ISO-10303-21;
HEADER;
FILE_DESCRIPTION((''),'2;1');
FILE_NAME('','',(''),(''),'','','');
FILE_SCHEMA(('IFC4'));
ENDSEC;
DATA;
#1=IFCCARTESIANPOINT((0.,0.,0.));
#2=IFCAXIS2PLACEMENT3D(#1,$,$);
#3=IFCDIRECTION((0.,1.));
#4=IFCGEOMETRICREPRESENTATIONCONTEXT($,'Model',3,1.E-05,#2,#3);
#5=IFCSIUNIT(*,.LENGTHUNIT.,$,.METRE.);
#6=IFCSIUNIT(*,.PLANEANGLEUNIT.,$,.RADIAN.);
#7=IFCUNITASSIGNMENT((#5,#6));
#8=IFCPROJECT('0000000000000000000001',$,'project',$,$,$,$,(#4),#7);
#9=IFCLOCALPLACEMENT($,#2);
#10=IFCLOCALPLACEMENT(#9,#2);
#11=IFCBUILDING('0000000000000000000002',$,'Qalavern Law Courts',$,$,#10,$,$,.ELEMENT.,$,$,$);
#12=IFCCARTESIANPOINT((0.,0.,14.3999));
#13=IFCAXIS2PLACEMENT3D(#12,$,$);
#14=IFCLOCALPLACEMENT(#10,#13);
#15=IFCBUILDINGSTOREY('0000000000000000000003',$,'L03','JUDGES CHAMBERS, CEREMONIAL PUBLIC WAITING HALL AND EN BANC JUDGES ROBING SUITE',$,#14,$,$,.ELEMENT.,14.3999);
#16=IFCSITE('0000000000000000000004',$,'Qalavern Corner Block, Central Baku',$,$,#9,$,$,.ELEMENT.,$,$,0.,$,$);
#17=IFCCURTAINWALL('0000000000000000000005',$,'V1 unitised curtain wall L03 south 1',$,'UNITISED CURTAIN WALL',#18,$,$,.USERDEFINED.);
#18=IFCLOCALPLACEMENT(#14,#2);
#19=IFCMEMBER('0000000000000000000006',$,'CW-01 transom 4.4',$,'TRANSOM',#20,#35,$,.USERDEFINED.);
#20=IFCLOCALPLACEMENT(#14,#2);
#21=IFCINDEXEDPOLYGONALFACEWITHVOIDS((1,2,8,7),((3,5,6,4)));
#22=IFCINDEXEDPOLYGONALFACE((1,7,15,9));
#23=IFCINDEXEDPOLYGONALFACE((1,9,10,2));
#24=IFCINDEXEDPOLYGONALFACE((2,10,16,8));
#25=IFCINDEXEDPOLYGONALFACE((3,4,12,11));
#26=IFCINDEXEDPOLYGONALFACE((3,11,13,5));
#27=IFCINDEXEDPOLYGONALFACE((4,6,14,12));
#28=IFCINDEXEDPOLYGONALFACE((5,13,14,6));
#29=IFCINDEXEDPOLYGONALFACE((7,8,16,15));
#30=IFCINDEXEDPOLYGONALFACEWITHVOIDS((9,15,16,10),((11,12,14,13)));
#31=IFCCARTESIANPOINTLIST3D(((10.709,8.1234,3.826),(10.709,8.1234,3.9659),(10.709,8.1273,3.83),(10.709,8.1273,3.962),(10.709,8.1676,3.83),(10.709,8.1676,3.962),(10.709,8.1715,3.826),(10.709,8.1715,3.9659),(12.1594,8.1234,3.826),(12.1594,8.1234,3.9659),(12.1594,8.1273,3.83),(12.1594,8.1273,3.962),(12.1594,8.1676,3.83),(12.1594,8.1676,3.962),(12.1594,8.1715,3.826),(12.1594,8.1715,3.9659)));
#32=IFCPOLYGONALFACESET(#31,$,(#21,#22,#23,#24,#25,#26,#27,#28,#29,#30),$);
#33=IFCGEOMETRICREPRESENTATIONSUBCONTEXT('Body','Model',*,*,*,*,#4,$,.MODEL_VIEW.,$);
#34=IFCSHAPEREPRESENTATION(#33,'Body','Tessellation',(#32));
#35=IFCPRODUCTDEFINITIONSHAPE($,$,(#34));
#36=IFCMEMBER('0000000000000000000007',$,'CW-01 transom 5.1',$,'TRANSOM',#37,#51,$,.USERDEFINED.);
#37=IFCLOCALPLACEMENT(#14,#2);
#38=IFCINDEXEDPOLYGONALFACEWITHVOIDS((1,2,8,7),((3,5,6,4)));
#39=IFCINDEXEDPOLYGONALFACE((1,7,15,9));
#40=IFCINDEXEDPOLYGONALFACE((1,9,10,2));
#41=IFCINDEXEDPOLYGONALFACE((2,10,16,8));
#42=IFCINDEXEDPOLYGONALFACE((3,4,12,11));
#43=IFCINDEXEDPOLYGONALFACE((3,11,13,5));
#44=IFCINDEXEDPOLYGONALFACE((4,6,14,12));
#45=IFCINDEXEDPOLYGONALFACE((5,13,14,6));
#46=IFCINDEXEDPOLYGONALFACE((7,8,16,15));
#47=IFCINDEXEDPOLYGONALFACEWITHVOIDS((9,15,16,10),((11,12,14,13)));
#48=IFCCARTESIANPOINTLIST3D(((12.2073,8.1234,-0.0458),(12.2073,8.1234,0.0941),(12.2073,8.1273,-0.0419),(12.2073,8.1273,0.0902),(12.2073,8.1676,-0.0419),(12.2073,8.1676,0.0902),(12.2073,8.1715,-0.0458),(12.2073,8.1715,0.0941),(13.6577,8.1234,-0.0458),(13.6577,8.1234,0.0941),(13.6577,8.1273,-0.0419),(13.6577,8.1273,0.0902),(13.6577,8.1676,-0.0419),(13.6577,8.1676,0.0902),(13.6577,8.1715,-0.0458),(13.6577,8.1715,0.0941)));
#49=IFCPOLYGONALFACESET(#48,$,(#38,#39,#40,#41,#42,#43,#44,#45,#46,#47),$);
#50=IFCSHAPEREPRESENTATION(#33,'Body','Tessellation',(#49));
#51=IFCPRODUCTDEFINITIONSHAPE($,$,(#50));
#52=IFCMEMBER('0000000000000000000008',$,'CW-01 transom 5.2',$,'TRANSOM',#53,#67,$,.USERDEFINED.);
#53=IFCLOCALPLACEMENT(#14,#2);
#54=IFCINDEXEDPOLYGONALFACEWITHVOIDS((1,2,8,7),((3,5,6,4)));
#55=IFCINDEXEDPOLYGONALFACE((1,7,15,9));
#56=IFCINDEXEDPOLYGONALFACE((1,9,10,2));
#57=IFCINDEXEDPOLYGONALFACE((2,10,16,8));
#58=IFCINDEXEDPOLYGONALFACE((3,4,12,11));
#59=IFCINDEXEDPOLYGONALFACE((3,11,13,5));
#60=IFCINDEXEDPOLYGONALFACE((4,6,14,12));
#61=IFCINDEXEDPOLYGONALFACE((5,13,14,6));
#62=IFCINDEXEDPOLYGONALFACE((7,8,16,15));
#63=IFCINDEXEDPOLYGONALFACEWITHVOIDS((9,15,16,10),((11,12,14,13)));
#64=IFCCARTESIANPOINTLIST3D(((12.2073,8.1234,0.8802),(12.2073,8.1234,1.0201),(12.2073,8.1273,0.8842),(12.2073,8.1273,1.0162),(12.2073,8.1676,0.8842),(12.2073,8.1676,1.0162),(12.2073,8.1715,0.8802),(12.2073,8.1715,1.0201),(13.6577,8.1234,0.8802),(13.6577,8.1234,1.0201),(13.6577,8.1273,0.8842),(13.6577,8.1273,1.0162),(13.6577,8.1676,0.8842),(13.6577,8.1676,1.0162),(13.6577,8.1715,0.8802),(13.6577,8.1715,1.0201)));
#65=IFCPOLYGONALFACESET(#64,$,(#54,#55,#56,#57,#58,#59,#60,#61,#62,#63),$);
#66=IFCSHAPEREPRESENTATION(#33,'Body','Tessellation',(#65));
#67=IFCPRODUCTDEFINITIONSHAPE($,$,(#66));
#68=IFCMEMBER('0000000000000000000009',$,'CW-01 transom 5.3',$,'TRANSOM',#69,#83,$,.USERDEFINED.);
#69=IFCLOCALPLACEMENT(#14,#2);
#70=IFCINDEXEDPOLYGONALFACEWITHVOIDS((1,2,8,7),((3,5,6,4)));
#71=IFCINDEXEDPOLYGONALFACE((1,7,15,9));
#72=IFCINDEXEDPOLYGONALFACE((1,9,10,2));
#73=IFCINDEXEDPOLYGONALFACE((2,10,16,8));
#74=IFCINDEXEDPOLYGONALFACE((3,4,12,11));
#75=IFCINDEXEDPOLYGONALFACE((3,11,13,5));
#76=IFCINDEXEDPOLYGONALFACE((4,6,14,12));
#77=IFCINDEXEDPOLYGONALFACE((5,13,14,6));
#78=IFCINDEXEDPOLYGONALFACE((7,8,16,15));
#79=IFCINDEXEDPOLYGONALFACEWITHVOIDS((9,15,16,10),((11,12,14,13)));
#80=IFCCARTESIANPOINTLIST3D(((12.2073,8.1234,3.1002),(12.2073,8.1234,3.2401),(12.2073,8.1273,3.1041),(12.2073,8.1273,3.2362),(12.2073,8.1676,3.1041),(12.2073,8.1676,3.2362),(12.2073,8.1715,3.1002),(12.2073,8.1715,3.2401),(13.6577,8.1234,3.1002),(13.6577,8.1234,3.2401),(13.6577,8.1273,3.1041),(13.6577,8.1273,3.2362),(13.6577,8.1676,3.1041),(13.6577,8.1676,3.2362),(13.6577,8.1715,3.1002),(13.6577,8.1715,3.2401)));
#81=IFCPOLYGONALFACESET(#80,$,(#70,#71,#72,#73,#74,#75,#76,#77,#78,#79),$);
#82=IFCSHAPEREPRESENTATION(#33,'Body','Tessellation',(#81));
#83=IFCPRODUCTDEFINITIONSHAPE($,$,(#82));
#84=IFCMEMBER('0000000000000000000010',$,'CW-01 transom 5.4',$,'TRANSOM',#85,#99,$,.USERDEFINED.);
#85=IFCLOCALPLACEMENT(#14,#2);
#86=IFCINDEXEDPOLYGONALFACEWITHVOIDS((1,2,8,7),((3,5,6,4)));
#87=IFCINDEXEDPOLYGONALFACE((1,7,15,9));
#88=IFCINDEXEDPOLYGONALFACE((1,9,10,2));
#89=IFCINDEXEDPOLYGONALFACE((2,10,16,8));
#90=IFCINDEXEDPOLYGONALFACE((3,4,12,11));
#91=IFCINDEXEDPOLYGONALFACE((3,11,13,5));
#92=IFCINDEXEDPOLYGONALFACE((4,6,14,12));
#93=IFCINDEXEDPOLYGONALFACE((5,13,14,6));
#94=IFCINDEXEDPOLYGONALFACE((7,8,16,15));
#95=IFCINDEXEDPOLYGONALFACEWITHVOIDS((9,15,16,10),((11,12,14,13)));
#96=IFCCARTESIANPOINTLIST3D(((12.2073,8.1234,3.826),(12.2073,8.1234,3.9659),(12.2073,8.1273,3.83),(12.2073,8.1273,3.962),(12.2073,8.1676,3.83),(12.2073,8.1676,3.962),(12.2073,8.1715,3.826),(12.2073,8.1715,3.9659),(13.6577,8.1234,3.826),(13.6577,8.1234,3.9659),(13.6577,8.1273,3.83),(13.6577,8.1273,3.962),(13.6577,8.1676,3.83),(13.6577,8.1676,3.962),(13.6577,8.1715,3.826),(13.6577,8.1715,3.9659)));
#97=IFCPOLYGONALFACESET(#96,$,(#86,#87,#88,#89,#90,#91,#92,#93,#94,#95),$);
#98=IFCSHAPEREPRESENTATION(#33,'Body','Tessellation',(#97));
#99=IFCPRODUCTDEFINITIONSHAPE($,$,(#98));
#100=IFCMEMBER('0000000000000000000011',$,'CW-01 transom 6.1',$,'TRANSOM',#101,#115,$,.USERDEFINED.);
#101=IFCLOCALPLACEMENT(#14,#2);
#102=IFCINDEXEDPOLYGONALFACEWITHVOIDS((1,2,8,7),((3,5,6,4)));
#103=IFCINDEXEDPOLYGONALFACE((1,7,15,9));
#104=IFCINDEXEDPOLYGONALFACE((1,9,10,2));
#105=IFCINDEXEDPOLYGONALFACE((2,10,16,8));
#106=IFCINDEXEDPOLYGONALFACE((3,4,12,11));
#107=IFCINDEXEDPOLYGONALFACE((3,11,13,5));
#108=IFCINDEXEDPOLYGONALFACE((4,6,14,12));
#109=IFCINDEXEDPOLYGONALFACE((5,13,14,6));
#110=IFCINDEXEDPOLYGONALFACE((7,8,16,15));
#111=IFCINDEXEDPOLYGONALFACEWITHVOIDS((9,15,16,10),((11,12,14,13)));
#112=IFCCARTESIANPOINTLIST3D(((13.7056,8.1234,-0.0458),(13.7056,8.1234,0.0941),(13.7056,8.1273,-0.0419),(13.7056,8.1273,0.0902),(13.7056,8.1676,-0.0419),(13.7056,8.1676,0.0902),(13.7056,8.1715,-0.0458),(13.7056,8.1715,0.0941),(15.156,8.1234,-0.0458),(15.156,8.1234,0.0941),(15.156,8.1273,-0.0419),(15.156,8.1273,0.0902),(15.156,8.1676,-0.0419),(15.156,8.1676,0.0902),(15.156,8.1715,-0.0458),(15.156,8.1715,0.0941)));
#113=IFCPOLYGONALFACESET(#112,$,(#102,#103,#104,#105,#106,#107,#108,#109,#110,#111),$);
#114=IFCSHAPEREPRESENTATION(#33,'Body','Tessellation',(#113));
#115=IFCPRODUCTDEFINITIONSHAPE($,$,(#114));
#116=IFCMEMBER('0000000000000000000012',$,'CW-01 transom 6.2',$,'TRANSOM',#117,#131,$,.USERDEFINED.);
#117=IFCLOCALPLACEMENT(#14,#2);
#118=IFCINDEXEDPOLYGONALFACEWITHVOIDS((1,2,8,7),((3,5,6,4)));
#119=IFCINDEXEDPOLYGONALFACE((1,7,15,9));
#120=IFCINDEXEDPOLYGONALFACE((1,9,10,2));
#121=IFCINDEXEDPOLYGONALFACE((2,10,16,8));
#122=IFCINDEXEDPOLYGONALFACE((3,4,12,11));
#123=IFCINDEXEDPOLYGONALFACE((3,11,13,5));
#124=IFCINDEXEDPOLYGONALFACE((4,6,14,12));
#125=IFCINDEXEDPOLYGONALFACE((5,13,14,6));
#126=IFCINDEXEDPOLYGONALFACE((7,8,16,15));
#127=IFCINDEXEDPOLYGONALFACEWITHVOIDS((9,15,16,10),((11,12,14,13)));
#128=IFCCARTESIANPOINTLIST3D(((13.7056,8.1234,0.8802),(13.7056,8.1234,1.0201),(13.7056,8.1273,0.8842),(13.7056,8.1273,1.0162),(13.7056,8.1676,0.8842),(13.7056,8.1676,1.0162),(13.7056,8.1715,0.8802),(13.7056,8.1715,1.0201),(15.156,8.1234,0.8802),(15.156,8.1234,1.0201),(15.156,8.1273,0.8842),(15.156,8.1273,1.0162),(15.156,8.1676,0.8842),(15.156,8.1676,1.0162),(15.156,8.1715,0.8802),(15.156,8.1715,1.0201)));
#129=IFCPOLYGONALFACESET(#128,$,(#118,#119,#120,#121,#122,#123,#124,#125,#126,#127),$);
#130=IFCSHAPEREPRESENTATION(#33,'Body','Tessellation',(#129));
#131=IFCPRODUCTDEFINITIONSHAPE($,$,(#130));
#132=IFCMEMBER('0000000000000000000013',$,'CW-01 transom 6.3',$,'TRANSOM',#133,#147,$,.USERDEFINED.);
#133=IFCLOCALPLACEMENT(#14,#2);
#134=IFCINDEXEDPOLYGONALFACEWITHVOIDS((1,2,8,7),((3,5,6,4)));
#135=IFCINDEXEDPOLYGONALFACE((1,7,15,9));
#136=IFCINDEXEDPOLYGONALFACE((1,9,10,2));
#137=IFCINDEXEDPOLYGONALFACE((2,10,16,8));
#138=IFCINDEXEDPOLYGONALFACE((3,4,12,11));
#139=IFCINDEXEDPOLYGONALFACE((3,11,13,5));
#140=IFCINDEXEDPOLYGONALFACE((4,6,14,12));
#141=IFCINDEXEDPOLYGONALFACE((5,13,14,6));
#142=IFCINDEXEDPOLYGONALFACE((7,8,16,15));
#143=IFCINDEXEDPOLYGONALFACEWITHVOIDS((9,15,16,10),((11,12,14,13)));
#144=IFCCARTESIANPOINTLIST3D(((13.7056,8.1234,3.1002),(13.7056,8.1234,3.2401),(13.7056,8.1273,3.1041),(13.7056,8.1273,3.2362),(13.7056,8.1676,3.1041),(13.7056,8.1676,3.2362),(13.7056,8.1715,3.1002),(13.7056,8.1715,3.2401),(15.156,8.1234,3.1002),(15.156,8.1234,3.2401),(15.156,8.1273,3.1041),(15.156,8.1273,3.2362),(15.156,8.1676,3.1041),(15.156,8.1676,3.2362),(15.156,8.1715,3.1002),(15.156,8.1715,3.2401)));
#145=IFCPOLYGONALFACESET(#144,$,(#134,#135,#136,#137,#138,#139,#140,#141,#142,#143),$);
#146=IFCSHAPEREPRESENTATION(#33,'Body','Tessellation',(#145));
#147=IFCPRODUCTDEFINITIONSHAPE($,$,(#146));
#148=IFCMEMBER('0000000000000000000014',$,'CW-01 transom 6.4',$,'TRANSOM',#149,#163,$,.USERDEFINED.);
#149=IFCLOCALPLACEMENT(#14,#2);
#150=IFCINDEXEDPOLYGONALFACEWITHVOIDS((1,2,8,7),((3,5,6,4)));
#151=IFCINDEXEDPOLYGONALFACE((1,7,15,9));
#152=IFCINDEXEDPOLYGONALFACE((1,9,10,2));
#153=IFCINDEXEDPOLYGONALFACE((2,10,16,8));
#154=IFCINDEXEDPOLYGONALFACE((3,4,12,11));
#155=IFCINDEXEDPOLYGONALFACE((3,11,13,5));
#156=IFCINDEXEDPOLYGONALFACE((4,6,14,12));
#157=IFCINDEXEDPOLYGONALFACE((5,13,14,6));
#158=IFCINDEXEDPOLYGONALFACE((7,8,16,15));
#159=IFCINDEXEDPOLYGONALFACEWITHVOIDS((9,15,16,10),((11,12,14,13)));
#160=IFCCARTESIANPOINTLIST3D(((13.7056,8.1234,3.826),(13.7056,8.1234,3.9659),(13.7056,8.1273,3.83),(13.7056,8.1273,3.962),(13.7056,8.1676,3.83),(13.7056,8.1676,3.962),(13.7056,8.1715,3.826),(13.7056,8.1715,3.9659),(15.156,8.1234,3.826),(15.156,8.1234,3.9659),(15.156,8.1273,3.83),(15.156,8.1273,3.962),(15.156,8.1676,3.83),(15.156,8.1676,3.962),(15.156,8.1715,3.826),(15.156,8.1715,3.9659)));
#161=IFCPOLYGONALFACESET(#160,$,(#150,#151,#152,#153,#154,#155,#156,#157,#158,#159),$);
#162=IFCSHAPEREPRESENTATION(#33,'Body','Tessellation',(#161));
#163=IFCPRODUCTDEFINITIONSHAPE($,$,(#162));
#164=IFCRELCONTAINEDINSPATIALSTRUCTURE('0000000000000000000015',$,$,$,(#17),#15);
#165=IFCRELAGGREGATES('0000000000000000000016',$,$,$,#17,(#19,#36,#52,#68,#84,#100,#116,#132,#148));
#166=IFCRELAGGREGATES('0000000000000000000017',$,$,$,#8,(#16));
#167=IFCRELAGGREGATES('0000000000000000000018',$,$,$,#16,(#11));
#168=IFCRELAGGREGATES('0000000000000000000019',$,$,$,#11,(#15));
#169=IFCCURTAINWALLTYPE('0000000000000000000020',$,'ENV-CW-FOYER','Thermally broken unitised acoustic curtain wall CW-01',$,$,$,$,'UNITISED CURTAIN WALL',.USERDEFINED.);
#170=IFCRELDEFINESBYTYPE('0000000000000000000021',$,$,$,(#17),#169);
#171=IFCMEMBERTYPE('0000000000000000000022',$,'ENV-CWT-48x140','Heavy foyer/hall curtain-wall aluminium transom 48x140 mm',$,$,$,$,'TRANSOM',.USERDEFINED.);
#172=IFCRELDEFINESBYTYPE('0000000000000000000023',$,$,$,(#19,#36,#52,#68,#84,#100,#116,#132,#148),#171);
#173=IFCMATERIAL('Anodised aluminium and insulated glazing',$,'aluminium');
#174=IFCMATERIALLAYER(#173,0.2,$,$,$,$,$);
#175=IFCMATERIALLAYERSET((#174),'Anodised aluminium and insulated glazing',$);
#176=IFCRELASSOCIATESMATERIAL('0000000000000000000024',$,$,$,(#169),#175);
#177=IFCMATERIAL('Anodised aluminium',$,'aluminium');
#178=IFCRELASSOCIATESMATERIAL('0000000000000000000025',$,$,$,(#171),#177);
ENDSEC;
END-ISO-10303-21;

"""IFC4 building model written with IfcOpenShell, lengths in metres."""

from ifc_helpers import new_model, si_unit, direction, frame, origin, origin_2d, place, context, subcontext, project, spatial, hollow_rectangle, extrude, material, layer, layer_set, material_profile, profile_set, type_object, element, aggregate, save


model = new_model("IFC4")

# Units and contexts
model_context = context("Model", 3, precision=1e-05, world=origin(), true_north=direction((0.0, 1.0)))
body_context = subcontext(model_context, "Body", "Model", "MODEL_VIEW")
ifc_project = project(units=[si_unit("LENGTHUNIT", "METRE"), si_unit("PLANEANGLEUNIT", "RADIAN")], contexts=[model_context])

# Site, building, storey
site_placement = place(None, origin())
site = spatial("IfcSite", under=ifc_project, at=site_placement, Name="Qalavern Corner Block, Central Baku", CompositionType="ELEMENT", RefElevation=0.0)
building_placement = place(site_placement, origin())
building = spatial("IfcBuilding", under=site, at=building_placement, Name="Qalavern Law Courts", CompositionType="ELEMENT")
storey_placement = place(building_placement, frame((0.0, 0.0, 14.3999)))
storey = spatial("IfcBuildingStorey", under=building, at=storey_placement, Name="L03", Description="JUDGES CHAMBERS, CEREMONIAL PUBLIC WAITING HALL AND EN BANC JUDGES ROBING SUITE", CompositionType="ELEMENT", Elevation=14.3999)

# Curtain wall, members
ifc_material_1 = material(Name="Anodised aluminium and insulated glazing", Category="aluminium")
ifc_layer_1 = layer(ifc_material_1, 0.2)
ifc_layer_set_1 = layer_set([ifc_layer_1], Name="Anodised aluminium and insulated glazing")
curtain_wall_type = type_object("IfcCurtainWallType", Name="ENV-CW-FOYER", Description="Thermally broken unitised acoustic curtain wall CW-01", ElementType="UNITISED CURTAIN WALL", PredefinedType="USERDEFINED", material=ifc_layer_set_1)
curtain_wall_placement = place(storey_placement, origin())
curtain_wall = element("IfcCurtainWall", 1, at=curtain_wall_placement, inside=storey, type_object=curtain_wall_type, Name="V1 unitised curtain wall L03 south 1", ObjectType="UNITISED CURTAIN WALL", PredefinedType="USERDEFINED")
ifc_material_2 = material(Name="Anodised aluminium", Category="aluminium")
ifc_material_profile_1 = material_profile(ifc_material_2, hollow_rectangle(XDim=0.0481, YDim=0.1399, WallThickness=0.0039, at=origin_2d()), Name="ALU TRANSOM 48x140")
ifc_profile_set_1 = profile_set([ifc_material_profile_1], Name="Anodised aluminium")
member_type_1 = type_object("IfcMemberType", Name="ENV-CWT-48x140", Description="Heavy foyer/hall curtain-wall aluminium transom 48x140 mm", ElementType="TRANSOM", PredefinedType="USERDEFINED", material=ifc_profile_set_1)
member_1_placement = place(storey_placement, frame((10.709, 8.1475, 3.896), z_axis=(1.0, 0.0, 0.0), x_axis=(0.0, 1.0, 0.0)))
member_1 = element("IfcMember", 2, at=member_1_placement, type_object=member_type_1, Name="CW-01 transom 4.4", ObjectType="TRANSOM", PredefinedType="USERDEFINED", context=body_context, shape_type="SweptSolid", body=[
    extrude(hollow_rectangle(XDim=0.0481, YDim=0.1399, WallThickness=0.0039, at=origin_2d()), origin(), (0.0, 0.0, 1.0), 1.4504),
])
member_2_placement = place(storey_placement, frame((12.2073, 8.1475, 0.0242), z_axis=(1.0, 0.0, 0.0), x_axis=(0.0, 1.0, 0.0)))
member_2 = element("IfcMember", 3, at=member_2_placement, type_object=member_type_1, Name="CW-01 transom 5.1", ObjectType="TRANSOM", PredefinedType="USERDEFINED", context=body_context, shape_type="SweptSolid", body=[
    extrude(hollow_rectangle(XDim=0.0481, YDim=0.1399, WallThickness=0.0039, at=origin_2d()), origin(), (0.0, 0.0, 1.0), 1.4504),
])
member_3_placement = place(storey_placement, frame((12.2073, 8.1475, 0.9502), z_axis=(1.0, 0.0, 0.0), x_axis=(0.0, 1.0, 0.0)))
member_3 = element("IfcMember", 4, at=member_3_placement, type_object=member_type_1, Name="CW-01 transom 5.2", ObjectType="TRANSOM", PredefinedType="USERDEFINED", context=body_context, shape_type="SweptSolid", body=[
    extrude(hollow_rectangle(XDim=0.0481, YDim=0.1399, WallThickness=0.0039, at=origin_2d()), origin(), (0.0, 0.0, 1.0), 1.4504),
])
member_4_placement = place(storey_placement, frame((12.2073, 8.1475, 3.1702), z_axis=(1.0, 0.0, 0.0), x_axis=(0.0, 1.0, 0.0)))
member_4 = element("IfcMember", 5, at=member_4_placement, type_object=member_type_1, Name="CW-01 transom 5.3", ObjectType="TRANSOM", PredefinedType="USERDEFINED", context=body_context, shape_type="SweptSolid", body=[
    extrude(hollow_rectangle(XDim=0.0481, YDim=0.1399, WallThickness=0.0039, at=origin_2d()), origin(), (0.0, 0.0, 1.0), 1.4504),
])
member_5_placement = place(storey_placement, frame((12.2073, 8.1475, 3.896), z_axis=(1.0, 0.0, 0.0), x_axis=(0.0, 1.0, 0.0)))
member_5 = element("IfcMember", 6, at=member_5_placement, type_object=member_type_1, Name="CW-01 transom 5.4", ObjectType="TRANSOM", PredefinedType="USERDEFINED", context=body_context, shape_type="SweptSolid", body=[
    extrude(hollow_rectangle(XDim=0.0481, YDim=0.1399, WallThickness=0.0039, at=origin_2d()), origin(), (0.0, 0.0, 1.0), 1.4504),
])
member_6_placement = place(storey_placement, frame((13.7056, 8.1475, 0.0242), z_axis=(1.0, 0.0, 0.0), x_axis=(0.0, 1.0, 0.0)))
member_6 = element("IfcMember", 7, at=member_6_placement, type_object=member_type_1, Name="CW-01 transom 6.1", ObjectType="TRANSOM", PredefinedType="USERDEFINED", context=body_context, shape_type="SweptSolid", body=[
    extrude(hollow_rectangle(XDim=0.0481, YDim=0.1399, WallThickness=0.0039, at=origin_2d()), origin(), (0.0, 0.0, 1.0), 1.4504),
])
member_7_placement = place(storey_placement, frame((13.7056, 8.1475, 0.9502), z_axis=(1.0, 0.0, 0.0), x_axis=(0.0, 1.0, 0.0)))
member_7 = element("IfcMember", 8, at=member_7_placement, type_object=member_type_1, Name="CW-01 transom 6.2", ObjectType="TRANSOM", PredefinedType="USERDEFINED", context=body_context, shape_type="SweptSolid", body=[
    extrude(hollow_rectangle(XDim=0.0481, YDim=0.1399, WallThickness=0.0039, at=origin_2d()), origin(), (0.0, 0.0, 1.0), 1.4504),
])
member_8_placement = place(storey_placement, frame((13.7056, 8.1475, 3.1702), z_axis=(1.0, 0.0, 0.0), x_axis=(0.0, 1.0, 0.0)))
member_8 = element("IfcMember", 9, at=member_8_placement, type_object=member_type_1, Name="CW-01 transom 6.3", ObjectType="TRANSOM", PredefinedType="USERDEFINED", context=body_context, shape_type="SweptSolid", body=[
    extrude(hollow_rectangle(XDim=0.0481, YDim=0.1399, WallThickness=0.0039, at=origin_2d()), origin(), (0.0, 0.0, 1.0), 1.4504),
])
member_9_placement = place(storey_placement, frame((13.7056, 8.1475, 3.896), z_axis=(1.0, 0.0, 0.0), x_axis=(0.0, 1.0, 0.0)))
member_9 = element("IfcMember", 10, at=member_9_placement, type_object=member_type_1, Name="CW-01 transom 6.4", ObjectType="TRANSOM", PredefinedType="USERDEFINED", context=body_context, shape_type="SweptSolid", body=[
    extrude(hollow_rectangle(XDim=0.0481, YDim=0.1399, WallThickness=0.0039, at=origin_2d()), origin(), (0.0, 0.0, 1.0), 1.4504),
])

aggregate(curtain_wall, [member_1, member_2, member_3, member_4, member_5, member_6, member_7, member_8, member_9])

save(model, "model.ifc")
